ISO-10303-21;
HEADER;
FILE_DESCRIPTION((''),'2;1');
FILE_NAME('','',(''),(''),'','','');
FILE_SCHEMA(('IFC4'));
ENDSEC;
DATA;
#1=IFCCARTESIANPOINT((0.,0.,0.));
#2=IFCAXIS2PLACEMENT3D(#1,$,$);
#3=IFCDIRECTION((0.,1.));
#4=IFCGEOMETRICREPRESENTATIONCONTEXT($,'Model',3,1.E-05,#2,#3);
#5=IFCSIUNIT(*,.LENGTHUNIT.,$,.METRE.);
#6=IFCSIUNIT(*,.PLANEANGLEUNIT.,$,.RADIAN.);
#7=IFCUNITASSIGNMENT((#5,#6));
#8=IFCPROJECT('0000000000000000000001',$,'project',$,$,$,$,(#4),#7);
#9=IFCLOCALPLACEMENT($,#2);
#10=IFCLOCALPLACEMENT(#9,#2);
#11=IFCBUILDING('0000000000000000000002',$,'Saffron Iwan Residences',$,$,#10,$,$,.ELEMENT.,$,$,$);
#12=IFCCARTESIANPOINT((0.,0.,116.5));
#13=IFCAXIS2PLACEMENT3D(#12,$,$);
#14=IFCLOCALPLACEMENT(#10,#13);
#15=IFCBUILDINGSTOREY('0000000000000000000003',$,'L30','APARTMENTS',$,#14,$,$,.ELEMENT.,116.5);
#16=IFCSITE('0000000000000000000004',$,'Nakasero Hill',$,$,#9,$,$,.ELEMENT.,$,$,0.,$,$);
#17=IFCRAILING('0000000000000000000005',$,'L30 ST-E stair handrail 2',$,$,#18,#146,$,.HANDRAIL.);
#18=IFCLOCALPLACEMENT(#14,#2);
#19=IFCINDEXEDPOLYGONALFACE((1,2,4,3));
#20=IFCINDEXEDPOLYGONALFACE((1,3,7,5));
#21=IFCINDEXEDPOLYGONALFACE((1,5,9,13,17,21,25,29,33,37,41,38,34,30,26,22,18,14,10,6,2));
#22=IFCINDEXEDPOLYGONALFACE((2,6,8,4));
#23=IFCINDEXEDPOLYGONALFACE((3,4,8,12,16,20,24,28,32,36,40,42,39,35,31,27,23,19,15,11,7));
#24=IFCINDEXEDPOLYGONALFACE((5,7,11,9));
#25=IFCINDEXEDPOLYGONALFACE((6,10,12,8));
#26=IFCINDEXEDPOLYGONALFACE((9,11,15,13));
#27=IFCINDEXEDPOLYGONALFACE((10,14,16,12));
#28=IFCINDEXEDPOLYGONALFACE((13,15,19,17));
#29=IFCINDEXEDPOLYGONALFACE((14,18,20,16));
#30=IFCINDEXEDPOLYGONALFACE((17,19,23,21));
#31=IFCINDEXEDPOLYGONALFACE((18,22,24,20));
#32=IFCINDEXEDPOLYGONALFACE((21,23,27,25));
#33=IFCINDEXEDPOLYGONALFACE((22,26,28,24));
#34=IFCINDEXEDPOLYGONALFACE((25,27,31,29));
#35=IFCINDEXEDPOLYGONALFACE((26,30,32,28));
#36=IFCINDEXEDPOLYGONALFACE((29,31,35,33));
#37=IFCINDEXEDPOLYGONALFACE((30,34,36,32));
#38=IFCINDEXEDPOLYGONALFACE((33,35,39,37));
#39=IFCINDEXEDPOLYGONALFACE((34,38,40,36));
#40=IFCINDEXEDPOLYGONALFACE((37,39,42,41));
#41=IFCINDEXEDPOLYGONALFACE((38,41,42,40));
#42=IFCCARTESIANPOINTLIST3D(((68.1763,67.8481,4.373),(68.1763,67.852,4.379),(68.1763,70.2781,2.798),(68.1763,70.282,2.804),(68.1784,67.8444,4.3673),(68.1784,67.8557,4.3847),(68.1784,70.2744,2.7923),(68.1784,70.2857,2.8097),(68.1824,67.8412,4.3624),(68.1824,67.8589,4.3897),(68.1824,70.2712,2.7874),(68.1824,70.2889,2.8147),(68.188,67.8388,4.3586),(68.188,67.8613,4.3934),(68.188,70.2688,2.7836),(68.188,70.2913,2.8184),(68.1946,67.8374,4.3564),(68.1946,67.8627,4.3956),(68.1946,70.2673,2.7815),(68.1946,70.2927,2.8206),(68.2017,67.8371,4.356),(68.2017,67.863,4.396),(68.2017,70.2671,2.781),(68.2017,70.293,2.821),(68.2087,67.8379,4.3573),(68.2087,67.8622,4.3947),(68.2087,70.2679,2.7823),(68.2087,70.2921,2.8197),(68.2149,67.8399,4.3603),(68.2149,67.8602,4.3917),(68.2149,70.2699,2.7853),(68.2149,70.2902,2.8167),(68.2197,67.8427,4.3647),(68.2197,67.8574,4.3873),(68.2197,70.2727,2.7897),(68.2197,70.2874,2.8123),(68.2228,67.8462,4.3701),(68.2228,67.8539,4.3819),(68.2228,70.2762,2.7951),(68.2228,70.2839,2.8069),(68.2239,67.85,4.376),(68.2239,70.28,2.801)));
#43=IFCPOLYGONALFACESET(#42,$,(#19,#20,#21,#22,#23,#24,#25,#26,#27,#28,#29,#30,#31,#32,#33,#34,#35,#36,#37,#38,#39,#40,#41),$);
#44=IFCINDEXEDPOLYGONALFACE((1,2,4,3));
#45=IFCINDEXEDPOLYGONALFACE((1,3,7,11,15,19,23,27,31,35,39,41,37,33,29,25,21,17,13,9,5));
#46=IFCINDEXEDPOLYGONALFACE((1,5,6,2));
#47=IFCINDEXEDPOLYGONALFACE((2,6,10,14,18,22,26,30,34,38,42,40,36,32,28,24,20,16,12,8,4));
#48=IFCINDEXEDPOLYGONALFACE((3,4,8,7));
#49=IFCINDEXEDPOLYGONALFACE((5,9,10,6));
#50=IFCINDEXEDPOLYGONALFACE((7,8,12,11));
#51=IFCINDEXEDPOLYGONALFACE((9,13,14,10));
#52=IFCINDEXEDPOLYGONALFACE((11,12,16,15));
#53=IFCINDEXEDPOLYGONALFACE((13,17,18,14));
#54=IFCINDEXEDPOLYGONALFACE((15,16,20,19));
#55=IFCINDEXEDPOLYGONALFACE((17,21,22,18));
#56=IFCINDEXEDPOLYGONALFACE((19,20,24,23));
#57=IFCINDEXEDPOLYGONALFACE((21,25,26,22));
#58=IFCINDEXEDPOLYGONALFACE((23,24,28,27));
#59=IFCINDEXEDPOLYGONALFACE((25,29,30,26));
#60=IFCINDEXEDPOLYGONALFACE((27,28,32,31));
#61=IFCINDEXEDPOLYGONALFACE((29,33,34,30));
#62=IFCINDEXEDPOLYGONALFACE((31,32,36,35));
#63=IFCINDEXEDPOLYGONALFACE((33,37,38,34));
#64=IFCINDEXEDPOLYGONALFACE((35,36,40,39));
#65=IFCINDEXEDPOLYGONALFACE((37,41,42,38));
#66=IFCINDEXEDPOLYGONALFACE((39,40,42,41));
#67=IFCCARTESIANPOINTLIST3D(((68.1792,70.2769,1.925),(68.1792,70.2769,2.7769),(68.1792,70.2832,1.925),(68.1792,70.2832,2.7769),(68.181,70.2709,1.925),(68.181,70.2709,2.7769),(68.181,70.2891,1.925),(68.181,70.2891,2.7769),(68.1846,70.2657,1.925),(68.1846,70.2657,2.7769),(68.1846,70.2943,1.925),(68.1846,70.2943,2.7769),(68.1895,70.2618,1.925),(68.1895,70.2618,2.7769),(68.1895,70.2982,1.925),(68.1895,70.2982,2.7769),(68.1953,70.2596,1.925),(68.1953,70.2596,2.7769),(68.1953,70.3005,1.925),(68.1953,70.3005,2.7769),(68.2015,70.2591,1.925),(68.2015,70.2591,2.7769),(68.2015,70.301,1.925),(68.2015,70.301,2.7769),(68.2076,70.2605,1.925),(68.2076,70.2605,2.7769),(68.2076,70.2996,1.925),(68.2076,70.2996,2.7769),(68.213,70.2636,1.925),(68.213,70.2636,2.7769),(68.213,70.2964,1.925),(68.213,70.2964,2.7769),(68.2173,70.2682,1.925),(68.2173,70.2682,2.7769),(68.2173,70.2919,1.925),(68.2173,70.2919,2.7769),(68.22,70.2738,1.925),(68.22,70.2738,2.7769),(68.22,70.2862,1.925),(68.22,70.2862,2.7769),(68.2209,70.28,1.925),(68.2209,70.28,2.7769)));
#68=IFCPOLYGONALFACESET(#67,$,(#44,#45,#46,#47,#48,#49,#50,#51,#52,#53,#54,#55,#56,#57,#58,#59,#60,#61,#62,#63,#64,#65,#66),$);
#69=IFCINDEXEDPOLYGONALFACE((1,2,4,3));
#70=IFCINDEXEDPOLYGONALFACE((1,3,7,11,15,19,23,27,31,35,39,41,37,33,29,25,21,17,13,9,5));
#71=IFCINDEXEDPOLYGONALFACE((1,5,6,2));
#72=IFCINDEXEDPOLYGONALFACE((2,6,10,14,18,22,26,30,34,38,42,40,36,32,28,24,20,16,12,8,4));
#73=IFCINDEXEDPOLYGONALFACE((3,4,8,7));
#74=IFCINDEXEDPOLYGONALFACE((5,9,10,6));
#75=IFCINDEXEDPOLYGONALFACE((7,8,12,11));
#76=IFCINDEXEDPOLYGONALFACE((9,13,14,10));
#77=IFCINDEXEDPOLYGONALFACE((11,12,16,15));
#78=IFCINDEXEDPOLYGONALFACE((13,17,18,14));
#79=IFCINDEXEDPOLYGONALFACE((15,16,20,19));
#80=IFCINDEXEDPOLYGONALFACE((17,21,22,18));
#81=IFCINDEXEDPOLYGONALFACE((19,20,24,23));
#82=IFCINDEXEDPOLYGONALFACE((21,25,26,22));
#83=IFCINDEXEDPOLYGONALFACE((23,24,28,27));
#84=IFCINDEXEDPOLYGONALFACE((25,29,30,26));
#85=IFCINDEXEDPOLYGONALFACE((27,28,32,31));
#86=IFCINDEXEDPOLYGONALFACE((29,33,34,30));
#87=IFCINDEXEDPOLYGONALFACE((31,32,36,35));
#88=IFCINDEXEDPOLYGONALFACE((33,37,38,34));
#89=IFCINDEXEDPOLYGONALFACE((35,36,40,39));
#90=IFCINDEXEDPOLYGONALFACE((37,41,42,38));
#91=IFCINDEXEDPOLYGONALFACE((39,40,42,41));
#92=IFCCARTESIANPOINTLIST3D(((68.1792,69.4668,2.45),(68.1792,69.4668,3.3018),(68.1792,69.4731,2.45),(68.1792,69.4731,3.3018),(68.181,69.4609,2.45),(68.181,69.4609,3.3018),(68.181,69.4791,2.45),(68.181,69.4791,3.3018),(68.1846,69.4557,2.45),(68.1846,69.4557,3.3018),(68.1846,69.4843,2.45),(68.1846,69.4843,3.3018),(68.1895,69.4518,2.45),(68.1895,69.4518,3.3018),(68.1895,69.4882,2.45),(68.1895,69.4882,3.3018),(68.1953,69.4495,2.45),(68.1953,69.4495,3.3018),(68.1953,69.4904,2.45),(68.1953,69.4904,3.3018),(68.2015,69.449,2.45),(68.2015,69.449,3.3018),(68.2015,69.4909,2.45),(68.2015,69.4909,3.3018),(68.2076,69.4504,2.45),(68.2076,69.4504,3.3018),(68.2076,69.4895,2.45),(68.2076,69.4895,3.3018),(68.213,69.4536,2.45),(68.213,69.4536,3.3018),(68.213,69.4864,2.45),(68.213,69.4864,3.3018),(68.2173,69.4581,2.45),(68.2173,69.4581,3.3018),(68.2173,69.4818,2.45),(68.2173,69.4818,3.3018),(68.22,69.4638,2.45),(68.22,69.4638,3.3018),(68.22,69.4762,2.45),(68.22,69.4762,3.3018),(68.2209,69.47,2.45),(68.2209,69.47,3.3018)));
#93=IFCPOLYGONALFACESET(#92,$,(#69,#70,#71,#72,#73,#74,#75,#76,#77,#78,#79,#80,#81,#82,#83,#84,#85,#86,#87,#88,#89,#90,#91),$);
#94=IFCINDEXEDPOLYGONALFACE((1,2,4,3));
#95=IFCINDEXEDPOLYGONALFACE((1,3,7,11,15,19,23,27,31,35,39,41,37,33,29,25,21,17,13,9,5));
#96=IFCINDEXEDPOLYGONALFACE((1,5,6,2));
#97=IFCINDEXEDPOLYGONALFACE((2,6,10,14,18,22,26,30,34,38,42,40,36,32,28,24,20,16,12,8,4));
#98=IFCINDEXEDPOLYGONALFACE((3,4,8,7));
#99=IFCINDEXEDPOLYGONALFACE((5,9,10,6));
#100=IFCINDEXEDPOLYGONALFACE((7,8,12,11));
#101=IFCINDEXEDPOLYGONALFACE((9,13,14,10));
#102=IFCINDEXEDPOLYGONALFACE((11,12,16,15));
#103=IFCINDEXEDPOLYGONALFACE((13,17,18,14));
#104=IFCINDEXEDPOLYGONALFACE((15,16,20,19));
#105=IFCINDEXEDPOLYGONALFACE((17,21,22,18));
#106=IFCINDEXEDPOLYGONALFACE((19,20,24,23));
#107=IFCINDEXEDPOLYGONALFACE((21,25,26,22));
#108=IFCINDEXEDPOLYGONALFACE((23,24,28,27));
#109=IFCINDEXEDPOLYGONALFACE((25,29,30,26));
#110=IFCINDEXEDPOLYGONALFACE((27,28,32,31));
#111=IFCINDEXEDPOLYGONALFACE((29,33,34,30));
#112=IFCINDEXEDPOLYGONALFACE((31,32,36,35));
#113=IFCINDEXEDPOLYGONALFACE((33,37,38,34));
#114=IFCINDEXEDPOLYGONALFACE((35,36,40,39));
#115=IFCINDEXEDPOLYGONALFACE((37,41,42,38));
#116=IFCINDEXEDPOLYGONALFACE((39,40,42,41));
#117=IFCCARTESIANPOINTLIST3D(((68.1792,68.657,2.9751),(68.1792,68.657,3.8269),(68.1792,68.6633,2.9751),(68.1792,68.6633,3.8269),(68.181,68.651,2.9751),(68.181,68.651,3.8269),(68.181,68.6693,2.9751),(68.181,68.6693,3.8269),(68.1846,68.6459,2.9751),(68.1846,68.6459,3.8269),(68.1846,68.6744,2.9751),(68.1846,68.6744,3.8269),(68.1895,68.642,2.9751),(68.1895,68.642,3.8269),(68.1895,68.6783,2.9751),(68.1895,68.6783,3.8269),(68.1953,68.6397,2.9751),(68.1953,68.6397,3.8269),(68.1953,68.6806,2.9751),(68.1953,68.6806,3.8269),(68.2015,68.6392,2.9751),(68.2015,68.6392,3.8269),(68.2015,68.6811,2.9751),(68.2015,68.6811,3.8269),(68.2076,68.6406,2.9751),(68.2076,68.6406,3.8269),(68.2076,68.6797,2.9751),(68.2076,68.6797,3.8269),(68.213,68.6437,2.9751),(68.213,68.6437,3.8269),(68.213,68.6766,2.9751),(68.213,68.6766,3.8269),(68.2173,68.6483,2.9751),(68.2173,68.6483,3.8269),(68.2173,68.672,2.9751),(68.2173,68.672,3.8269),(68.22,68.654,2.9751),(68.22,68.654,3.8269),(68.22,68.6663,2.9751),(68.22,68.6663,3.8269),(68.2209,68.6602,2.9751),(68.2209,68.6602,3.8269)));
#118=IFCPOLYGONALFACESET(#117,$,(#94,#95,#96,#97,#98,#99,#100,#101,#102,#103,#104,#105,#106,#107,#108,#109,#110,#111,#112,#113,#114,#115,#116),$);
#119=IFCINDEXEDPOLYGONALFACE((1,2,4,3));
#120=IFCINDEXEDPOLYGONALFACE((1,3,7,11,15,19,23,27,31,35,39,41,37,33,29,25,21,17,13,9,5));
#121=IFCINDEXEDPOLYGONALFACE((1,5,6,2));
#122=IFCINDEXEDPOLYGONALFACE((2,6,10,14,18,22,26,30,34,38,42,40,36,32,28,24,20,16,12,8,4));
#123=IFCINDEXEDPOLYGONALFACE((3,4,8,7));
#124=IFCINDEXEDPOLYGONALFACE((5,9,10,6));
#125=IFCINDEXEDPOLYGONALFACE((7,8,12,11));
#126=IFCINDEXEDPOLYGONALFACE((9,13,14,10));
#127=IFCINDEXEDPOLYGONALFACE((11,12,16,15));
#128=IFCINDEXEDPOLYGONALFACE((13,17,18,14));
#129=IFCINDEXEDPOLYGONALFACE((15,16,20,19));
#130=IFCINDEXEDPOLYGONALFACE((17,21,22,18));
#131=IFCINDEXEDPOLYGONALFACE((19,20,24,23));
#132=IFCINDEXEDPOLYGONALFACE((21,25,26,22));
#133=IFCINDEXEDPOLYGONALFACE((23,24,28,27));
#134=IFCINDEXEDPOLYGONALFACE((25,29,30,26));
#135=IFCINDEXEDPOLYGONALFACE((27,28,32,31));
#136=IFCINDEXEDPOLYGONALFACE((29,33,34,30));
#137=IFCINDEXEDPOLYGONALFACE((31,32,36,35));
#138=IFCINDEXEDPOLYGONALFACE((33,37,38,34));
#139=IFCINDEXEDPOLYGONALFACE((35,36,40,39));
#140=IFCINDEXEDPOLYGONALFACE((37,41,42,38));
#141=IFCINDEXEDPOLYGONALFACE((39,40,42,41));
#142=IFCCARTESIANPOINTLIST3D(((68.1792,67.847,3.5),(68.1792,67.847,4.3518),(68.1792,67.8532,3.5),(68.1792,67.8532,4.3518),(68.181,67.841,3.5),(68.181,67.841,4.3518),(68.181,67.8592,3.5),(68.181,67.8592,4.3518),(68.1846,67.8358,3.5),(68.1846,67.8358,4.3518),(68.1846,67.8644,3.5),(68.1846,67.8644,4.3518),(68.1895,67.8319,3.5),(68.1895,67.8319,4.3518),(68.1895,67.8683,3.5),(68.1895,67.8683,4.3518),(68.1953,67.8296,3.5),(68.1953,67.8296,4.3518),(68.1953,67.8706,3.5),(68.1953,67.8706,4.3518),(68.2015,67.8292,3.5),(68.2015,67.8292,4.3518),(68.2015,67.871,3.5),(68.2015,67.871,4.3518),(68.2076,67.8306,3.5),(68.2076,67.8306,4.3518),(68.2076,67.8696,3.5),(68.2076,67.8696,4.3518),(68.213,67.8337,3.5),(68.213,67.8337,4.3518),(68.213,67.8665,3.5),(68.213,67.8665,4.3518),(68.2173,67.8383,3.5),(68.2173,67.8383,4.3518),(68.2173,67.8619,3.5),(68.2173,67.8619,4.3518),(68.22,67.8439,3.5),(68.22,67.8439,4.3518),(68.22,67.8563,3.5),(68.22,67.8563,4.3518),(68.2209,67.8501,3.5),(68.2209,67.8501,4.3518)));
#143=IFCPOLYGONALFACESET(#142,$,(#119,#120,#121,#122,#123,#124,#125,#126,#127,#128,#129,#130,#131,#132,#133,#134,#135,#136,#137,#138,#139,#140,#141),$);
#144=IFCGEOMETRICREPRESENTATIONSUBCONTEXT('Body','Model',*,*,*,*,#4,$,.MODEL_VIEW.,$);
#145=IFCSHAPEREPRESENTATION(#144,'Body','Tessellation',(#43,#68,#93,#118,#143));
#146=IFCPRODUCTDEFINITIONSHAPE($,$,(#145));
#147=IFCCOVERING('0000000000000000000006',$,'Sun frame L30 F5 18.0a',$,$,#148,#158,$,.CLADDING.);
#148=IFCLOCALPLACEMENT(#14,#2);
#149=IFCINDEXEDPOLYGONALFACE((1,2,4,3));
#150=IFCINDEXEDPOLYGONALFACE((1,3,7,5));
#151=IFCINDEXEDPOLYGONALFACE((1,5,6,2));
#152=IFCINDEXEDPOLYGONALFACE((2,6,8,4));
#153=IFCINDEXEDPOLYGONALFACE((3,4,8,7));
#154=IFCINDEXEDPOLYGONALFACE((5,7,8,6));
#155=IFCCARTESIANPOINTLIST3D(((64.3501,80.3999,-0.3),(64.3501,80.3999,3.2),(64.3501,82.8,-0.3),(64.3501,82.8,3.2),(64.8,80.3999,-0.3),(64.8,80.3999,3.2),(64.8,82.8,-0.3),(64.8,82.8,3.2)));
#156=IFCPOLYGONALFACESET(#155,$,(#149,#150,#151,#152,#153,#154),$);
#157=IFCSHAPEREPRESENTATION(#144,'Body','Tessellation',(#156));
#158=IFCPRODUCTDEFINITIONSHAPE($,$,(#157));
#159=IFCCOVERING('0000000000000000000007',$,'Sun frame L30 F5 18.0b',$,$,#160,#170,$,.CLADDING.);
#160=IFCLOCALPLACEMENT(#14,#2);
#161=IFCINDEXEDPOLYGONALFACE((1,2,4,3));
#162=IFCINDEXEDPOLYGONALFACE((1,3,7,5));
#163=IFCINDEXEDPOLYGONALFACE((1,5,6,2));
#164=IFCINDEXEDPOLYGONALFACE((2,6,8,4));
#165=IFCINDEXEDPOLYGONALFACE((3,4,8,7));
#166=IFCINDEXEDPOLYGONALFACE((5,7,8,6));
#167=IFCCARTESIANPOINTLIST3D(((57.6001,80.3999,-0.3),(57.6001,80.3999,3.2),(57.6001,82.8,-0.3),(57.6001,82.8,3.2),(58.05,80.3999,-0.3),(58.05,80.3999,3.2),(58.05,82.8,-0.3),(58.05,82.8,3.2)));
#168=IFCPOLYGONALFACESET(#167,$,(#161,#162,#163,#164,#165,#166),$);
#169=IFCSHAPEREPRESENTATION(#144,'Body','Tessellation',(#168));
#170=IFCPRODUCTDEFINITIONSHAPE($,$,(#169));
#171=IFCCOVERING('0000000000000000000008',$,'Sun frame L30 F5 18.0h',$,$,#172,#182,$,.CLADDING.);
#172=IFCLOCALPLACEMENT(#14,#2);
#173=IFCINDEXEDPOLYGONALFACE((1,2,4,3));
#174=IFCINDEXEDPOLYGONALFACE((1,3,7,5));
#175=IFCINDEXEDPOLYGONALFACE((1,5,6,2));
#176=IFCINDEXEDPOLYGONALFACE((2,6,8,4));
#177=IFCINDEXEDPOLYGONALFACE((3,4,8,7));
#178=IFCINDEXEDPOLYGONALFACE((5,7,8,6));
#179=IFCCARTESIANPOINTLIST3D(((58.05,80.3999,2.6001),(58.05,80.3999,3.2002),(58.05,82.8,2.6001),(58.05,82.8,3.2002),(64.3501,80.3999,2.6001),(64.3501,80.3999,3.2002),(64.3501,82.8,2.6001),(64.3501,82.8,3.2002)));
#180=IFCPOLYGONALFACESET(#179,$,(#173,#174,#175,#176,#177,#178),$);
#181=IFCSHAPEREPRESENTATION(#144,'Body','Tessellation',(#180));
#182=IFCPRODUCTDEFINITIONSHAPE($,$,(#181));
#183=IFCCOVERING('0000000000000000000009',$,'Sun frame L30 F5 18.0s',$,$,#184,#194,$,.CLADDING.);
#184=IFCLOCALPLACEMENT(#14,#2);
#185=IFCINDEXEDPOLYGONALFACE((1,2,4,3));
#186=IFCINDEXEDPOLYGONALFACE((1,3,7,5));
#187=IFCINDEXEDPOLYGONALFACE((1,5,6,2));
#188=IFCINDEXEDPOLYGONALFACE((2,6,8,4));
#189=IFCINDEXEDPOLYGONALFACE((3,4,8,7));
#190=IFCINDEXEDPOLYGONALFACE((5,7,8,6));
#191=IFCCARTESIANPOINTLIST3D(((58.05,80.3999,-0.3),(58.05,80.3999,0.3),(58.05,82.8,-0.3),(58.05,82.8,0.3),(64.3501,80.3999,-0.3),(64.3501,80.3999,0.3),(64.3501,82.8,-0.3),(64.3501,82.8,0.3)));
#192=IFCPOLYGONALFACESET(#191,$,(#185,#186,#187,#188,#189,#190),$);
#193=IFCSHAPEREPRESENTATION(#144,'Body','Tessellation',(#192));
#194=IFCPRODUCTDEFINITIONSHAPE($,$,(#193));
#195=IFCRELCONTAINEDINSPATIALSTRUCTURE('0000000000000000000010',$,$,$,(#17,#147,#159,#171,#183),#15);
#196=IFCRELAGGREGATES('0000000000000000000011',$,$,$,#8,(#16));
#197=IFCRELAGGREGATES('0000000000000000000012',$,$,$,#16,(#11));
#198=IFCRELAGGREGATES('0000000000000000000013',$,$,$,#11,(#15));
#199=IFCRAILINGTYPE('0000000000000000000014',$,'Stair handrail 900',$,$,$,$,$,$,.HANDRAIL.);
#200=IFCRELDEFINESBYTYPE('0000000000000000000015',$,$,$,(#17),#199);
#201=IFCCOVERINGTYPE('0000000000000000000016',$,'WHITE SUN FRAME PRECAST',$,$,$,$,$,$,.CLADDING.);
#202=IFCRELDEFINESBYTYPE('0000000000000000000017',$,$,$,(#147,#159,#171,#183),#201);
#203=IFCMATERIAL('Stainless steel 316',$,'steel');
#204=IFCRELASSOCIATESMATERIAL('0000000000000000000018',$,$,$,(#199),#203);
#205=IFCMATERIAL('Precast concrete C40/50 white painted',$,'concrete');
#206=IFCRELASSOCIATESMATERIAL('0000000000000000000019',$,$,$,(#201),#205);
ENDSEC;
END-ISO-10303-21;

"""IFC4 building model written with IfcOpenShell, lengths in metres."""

from ifc_helpers import new_model, si_unit, direction, frame, origin, origin_2d, place, context, subcontext, project, spatial, polyline, circle, outline, extrude, material, type_object, element, save


model = new_model("IFC4")

# Units and contexts
model_context = context("Model", 3, precision=1e-05, world=origin(), true_north=direction((0.0, 1.0)))
body_context = subcontext(model_context, "Body", "Model", "MODEL_VIEW")
ifc_project = project(units=[si_unit("LENGTHUNIT", "METRE"), si_unit("PLANEANGLEUNIT", "RADIAN")], contexts=[model_context])

# Site, building, storey
site_placement = place(None, origin())
site = spatial("IfcSite", under=ifc_project, at=site_placement, Name="Nakasero Hill", CompositionType="ELEMENT", RefElevation=0.0)
building_placement = place(site_placement, origin())
building = spatial("IfcBuilding", under=site, at=building_placement, Name="Saffron Iwan Residences", CompositionType="ELEMENT")
storey_placement = place(building_placement, frame((0.0, 0.0, 116.5)))
storey = spatial("IfcBuildingStorey", under=building, at=storey_placement, Name="L30", Description="APARTMENTS", CompositionType="ELEMENT", Elevation=116.5)

# Railing
ifc_material_1 = material(Name="Stainless steel 316", Category="steel")
railing_type_1 = type_object("IfcRailingType", Name="Stair handrail 900", PredefinedType="HANDRAIL", material=ifc_material_1)
railing_1_placement = place(storey_placement, frame((68.2, 70.28, 1.925)))
element("IfcRailing", 1, at=railing_1_placement, inside=storey, type_object=railing_type_1, Name="L30 ST-E stair handrail 2", PredefinedType="HANDRAIL", context=body_context, shape_type="SweptSolid", body=[
    extrude(circle(Radius=0.0239, at=origin_2d()), frame((0.0, 0.0, 0.876), z_axis=(0.0, -0.839154, 0.543894), x_axis=(1.0, 0.0, 0.0)), (0.0, 0.0, 1.0), 2.8958),
    extrude(circle(Radius=0.021, at=origin_2d()), origin(), (0.0, 0.0, 1.0), 0.8518),
    extrude(circle(Radius=0.021, at=origin_2d()), frame((0.0, -0.8101, 0.5249)), (0.0, 0.0, 1.0), 0.8518),
    extrude(circle(Radius=0.021, at=origin_2d()), frame((0.0, -1.6199, 1.05)), (0.0, 0.0, 1.0), 0.8518),
    extrude(circle(Radius=0.021, at=origin_2d()), frame((0.0, -2.4299, 1.575)), (0.0, 0.0, 1.0), 0.8518),
])

# Coverings
ifc_material_2 = material(Name="Precast concrete C40/50 white painted", Category="concrete")
covering_type = type_object("IfcCoveringType", Name="WHITE SUN FRAME PRECAST", PredefinedType="CLADDING", material=ifc_material_2)
for number, where, z_axis, x_axis, name in (
    (2, (64.8, 80.3999, -0.3), (0.0, 1.0, 0.0), (-1.0, 0.0, 0.0), "Sun frame L30 F5 18.0a"),
    (3, (58.05, 80.3999, -0.3), (0.0, 1.0, 0.0), (-1.0, 0.0, 0.0), "Sun frame L30 F5 18.0b"),
):
    element("IfcCovering", number, at=place(storey_placement, frame(where, z_axis=z_axis, x_axis=x_axis)), inside=storey, type_object=covering_type, Name=name, PredefinedType="CLADDING", context=body_context, shape_type="SweptSolid", body=[
        extrude(outline(polyline([(0.0, 0.0), (0.45, 0.0), (0.45, 3.5), (0.0, 3.5), (0.0, 0.0)])), origin(), (0.0, 0.0, 1.0), 2.4001),
    ])
for number, where, z_axis, x_axis, name in (
    (4, (64.3501, 80.3999, 2.6001), (0.0, 1.0, 0.0), (-1.0, 0.0, 0.0), "Sun frame L30 F5 18.0h"),
    (5, (64.3501, 80.3999, -0.3), (0.0, 1.0, 0.0), (-1.0, 0.0, 0.0), "Sun frame L30 F5 18.0s"),
):
    element("IfcCovering", number, at=place(storey_placement, frame(where, z_axis=z_axis, x_axis=x_axis)), inside=storey, type_object=covering_type, Name=name, PredefinedType="CLADDING", context=body_context, shape_type="SweptSolid", body=[
        extrude(outline(polyline([(0.0, 0.0), (6.3, 0.0), (6.3, 0.6001), (0.0, 0.6001), (0.0, 0.0)])), origin(), (0.0, 0.0, 1.0), 2.4001),
    ])

save(model, "model.ifc")
